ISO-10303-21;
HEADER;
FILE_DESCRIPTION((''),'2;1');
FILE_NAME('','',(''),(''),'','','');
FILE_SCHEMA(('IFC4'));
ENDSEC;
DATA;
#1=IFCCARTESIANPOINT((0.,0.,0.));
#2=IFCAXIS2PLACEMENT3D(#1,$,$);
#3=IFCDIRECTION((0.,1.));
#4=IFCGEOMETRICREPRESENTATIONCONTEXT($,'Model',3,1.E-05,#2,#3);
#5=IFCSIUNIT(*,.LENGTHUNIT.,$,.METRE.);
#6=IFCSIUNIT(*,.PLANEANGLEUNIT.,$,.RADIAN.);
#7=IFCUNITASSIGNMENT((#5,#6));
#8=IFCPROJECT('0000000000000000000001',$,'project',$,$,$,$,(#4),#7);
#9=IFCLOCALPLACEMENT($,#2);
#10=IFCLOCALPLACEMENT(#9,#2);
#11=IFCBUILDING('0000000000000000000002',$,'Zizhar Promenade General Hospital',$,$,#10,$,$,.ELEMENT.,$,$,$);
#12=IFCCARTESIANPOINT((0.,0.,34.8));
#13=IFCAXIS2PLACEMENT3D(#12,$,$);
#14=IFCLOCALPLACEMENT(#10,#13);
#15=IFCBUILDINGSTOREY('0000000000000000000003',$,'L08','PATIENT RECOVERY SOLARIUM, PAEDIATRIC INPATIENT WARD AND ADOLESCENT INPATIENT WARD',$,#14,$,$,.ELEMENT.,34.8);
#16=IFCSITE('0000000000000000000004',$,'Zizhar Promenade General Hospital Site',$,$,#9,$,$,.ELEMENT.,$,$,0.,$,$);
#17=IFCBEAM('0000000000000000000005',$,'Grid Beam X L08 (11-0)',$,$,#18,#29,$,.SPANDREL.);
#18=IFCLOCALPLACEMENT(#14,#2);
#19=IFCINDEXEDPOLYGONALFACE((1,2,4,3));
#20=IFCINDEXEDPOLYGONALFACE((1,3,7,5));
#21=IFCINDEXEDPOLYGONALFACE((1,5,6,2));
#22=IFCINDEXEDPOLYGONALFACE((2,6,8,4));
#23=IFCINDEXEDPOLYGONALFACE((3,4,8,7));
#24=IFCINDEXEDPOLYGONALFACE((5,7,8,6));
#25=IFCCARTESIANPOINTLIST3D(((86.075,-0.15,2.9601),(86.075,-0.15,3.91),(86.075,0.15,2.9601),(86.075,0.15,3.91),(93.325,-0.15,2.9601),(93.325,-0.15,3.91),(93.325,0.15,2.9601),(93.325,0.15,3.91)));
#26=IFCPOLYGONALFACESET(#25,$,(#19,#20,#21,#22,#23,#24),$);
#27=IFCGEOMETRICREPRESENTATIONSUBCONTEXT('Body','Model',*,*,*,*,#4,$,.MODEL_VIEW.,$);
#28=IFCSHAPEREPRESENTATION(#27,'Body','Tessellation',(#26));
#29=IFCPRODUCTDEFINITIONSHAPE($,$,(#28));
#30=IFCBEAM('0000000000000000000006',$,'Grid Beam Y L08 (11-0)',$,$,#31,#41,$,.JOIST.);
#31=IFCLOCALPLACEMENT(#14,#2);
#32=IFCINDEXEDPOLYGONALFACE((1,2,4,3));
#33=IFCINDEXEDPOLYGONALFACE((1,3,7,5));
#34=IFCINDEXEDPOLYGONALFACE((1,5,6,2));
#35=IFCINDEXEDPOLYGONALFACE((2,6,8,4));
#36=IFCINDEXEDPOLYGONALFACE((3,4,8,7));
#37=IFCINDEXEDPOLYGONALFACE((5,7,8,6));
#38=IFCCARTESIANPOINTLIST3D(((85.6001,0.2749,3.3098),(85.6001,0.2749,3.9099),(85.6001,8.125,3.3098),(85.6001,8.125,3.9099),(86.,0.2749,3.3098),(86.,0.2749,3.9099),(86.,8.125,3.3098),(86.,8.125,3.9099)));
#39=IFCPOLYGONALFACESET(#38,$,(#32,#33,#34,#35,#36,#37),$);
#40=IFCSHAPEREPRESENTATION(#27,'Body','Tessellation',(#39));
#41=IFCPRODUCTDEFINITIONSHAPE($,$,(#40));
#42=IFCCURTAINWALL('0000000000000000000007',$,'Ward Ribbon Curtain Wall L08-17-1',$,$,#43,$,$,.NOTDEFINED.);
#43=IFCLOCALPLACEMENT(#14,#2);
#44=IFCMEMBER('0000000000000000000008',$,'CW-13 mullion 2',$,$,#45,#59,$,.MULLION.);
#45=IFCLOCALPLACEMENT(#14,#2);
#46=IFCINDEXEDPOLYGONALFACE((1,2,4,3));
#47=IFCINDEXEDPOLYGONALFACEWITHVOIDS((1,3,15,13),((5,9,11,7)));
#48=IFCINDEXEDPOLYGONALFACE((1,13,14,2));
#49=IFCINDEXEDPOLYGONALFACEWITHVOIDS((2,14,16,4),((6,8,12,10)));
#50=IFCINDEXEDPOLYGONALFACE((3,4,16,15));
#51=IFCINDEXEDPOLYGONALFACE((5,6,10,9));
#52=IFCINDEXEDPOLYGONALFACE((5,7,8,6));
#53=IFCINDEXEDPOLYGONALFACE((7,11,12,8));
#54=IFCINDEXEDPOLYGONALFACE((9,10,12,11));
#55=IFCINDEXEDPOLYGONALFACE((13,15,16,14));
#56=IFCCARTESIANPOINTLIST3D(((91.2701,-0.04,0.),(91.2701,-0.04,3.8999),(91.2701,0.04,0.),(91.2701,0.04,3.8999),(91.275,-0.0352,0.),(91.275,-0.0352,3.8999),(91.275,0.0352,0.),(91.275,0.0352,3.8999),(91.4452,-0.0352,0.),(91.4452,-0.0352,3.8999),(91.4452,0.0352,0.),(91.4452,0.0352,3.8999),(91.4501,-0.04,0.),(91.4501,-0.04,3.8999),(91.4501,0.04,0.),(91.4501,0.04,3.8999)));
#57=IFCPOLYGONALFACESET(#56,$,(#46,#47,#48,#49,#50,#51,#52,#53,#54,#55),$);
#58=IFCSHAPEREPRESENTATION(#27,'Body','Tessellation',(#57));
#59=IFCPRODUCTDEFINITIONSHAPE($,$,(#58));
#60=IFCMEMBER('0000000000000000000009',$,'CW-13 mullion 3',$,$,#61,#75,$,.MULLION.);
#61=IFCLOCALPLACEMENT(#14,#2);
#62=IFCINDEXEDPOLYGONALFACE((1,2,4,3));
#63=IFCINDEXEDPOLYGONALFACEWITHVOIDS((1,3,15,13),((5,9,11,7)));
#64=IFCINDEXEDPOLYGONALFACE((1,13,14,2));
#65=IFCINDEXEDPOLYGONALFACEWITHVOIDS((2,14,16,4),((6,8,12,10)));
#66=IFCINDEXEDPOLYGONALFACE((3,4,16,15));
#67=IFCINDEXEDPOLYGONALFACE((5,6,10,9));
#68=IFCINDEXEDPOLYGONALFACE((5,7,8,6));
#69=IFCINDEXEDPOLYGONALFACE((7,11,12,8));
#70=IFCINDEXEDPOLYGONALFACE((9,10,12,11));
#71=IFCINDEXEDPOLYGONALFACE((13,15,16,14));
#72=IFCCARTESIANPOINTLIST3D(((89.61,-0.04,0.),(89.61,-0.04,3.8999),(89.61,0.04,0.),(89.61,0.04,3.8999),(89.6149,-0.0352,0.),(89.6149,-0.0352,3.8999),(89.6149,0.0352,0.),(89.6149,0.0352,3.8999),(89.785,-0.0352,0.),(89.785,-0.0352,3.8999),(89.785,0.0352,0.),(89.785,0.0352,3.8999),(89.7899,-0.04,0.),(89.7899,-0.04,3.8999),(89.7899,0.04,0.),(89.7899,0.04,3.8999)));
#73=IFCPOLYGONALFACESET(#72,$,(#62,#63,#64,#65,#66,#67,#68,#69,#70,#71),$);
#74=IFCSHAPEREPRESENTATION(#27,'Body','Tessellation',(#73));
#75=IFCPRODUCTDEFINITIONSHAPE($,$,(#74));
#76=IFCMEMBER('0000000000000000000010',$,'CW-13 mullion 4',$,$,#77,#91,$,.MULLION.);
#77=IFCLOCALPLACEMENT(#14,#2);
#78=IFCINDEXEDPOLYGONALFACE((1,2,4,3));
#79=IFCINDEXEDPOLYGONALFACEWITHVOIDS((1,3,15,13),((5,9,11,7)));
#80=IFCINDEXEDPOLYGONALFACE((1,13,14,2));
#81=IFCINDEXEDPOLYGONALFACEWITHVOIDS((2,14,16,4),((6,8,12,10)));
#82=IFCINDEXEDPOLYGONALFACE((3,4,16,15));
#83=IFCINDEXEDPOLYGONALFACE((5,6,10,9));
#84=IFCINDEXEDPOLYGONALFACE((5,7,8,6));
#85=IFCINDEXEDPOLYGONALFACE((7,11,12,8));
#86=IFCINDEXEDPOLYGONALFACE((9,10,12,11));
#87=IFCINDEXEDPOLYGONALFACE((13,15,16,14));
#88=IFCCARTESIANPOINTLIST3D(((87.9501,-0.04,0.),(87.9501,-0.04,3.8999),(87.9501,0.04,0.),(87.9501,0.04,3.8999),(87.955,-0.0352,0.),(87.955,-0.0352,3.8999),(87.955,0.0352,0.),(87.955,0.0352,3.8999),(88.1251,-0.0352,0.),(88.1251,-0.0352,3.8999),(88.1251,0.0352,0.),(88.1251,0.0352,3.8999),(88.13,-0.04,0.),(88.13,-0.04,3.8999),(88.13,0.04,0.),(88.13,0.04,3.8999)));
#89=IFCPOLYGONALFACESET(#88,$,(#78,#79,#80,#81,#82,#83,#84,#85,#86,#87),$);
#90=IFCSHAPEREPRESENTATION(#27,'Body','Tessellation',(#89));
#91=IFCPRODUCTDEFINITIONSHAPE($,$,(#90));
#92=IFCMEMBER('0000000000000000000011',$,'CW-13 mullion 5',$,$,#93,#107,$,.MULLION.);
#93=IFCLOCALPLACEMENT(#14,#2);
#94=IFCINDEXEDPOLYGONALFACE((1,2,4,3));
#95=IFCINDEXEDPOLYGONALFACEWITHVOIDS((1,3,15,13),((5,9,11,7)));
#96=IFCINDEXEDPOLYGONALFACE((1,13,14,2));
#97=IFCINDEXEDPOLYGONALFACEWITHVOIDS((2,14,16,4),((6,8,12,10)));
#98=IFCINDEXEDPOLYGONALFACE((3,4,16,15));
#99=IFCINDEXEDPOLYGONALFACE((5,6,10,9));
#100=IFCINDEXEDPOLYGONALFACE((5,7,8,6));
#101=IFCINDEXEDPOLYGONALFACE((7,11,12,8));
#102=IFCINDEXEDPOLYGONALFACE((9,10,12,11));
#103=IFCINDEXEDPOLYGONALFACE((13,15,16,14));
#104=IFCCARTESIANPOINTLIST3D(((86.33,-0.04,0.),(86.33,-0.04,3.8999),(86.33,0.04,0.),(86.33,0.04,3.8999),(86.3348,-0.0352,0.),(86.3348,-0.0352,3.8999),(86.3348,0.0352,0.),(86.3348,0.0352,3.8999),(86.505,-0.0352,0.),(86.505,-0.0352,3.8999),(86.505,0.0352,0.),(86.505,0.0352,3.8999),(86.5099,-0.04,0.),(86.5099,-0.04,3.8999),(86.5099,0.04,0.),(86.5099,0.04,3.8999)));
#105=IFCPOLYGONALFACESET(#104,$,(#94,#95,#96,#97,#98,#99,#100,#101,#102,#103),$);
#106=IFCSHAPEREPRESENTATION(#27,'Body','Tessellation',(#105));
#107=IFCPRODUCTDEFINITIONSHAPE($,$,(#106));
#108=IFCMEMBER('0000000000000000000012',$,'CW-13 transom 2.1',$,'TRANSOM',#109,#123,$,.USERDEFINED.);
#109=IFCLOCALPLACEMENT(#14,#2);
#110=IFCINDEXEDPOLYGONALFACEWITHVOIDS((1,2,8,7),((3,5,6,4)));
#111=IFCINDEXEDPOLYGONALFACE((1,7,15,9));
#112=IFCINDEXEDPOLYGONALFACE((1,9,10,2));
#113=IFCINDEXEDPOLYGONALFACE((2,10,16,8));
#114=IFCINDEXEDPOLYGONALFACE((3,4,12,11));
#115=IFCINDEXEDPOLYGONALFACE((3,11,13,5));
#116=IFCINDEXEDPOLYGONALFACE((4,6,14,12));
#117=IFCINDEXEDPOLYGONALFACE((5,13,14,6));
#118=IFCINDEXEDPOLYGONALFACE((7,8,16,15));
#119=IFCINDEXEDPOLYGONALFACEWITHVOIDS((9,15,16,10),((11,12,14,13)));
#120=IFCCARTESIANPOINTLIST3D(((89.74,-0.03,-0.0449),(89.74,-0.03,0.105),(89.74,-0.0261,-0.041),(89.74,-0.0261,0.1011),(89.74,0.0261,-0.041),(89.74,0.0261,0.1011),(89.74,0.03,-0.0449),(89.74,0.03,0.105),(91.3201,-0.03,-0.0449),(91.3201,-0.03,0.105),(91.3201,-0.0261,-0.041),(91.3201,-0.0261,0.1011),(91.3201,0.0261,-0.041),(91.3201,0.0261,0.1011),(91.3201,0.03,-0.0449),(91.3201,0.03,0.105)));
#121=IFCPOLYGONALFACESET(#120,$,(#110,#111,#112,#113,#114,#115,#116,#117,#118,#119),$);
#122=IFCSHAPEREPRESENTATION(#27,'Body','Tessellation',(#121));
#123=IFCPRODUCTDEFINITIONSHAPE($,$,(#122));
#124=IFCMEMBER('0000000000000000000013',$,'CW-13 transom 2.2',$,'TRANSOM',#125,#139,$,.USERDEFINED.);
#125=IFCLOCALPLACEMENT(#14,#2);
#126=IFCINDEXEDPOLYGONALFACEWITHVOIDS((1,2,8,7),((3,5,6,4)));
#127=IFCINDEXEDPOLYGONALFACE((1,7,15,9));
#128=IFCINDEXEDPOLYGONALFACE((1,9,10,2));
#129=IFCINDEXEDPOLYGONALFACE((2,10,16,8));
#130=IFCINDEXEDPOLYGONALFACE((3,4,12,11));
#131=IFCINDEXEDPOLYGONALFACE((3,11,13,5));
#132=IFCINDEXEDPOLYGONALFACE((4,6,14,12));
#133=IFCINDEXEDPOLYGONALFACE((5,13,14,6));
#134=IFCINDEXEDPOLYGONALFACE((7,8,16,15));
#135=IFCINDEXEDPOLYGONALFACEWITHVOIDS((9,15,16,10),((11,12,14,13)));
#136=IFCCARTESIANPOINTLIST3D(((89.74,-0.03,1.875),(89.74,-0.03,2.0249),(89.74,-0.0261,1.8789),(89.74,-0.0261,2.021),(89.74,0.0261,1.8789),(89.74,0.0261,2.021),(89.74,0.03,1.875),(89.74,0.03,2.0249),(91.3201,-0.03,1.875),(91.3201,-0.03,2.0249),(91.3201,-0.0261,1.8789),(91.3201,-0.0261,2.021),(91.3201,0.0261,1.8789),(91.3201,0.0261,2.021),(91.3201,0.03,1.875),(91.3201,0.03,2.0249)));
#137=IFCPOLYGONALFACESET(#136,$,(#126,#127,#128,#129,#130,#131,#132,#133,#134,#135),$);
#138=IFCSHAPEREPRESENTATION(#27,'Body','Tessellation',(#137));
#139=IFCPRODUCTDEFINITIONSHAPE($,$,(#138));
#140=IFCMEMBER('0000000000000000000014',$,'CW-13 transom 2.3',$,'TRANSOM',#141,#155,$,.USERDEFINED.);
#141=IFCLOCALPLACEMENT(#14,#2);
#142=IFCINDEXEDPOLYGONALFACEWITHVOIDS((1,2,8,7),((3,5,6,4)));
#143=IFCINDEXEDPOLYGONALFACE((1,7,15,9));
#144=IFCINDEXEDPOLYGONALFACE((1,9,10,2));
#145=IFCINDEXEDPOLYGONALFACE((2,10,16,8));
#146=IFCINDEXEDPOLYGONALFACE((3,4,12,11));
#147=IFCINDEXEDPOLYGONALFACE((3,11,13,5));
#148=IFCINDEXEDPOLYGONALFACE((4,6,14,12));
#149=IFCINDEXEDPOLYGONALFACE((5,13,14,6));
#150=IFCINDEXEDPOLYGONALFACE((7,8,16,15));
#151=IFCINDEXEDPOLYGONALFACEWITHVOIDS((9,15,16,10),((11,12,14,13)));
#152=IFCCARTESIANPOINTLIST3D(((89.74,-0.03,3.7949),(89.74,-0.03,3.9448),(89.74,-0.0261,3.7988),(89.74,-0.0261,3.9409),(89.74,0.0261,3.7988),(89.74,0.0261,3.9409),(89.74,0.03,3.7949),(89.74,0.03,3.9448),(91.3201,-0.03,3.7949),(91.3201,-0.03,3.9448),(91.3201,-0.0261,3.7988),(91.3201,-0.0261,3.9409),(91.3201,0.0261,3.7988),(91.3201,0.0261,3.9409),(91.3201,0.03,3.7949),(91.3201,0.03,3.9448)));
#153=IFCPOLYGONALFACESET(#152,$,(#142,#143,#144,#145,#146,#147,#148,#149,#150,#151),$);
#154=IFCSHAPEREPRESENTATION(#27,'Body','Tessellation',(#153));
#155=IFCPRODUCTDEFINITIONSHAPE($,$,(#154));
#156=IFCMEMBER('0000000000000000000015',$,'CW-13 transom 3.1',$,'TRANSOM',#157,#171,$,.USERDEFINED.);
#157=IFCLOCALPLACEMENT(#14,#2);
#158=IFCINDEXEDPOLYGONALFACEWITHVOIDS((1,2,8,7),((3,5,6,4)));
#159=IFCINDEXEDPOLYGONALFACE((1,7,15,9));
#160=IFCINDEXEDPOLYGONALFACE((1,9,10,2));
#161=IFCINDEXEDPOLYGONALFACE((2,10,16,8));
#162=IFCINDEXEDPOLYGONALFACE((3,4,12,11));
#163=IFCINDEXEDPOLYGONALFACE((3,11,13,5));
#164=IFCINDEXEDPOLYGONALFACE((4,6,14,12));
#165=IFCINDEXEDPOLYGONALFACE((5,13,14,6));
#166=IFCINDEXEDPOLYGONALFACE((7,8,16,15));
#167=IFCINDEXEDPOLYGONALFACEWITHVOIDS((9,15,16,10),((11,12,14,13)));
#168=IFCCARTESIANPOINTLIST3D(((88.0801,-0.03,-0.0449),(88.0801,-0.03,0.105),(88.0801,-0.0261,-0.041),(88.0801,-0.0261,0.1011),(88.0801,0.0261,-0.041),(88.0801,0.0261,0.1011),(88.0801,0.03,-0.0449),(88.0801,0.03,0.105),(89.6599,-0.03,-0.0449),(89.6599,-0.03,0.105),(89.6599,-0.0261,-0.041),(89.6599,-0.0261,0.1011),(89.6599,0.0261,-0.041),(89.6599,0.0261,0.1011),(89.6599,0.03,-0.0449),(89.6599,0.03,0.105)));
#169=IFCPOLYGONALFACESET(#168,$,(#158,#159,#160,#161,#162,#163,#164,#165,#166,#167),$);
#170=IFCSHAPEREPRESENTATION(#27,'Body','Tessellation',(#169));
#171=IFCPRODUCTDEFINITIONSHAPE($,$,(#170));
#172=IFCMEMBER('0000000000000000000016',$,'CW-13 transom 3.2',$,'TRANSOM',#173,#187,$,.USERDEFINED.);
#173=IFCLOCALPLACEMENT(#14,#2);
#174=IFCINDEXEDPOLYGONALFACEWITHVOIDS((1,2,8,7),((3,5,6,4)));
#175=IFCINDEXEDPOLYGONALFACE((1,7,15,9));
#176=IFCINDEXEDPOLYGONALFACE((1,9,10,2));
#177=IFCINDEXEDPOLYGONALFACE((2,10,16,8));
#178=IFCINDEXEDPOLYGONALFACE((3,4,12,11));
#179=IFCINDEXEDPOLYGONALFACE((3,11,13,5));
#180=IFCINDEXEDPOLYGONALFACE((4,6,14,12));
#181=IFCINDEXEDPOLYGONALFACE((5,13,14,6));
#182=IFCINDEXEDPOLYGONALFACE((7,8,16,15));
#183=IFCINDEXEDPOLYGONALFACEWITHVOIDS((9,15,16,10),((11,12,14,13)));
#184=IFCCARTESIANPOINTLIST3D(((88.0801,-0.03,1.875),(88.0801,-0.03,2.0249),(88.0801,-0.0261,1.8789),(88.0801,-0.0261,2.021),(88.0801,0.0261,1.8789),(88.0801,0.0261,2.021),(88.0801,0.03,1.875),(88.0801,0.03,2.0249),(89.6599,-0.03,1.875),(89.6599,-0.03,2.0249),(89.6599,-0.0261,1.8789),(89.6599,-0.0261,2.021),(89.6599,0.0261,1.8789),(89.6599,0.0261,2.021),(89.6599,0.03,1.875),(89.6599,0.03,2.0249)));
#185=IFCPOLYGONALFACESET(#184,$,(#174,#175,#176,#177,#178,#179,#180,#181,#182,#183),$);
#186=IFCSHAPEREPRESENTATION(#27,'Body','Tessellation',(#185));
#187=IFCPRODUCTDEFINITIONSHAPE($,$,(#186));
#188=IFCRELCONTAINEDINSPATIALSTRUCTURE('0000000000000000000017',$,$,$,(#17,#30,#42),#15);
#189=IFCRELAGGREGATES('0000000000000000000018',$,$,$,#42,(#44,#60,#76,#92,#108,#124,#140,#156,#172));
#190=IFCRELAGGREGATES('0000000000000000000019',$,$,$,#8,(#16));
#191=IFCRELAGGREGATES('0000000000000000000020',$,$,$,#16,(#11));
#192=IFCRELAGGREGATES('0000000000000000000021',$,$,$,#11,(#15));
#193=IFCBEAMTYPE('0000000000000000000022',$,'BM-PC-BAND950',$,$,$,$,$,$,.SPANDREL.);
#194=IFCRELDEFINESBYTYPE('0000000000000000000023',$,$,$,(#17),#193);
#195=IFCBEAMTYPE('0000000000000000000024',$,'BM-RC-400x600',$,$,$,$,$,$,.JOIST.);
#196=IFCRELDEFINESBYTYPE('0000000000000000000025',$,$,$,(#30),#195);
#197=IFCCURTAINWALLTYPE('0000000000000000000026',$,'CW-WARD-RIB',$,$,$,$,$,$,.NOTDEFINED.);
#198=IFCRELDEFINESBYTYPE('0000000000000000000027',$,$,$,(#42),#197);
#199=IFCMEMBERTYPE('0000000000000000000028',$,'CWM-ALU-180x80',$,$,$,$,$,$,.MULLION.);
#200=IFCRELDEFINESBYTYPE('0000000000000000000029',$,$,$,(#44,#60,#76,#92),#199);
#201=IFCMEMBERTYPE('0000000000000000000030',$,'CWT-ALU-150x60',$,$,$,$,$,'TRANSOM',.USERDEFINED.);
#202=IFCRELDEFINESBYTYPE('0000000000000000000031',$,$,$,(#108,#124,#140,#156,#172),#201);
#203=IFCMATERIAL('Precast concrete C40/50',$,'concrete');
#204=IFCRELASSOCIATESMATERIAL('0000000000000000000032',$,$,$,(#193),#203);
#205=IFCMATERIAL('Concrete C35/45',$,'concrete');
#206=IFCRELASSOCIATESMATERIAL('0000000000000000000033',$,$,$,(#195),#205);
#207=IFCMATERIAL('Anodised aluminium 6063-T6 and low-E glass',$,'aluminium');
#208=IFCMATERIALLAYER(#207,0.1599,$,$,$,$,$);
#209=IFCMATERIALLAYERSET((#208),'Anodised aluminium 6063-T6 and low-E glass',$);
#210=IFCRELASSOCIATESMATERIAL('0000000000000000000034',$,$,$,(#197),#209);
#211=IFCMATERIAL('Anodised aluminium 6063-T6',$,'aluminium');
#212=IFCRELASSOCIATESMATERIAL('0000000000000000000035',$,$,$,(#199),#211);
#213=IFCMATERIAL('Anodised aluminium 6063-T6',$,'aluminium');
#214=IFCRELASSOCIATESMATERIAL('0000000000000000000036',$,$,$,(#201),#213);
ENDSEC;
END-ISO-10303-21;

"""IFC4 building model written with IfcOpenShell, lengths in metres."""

from ifc_helpers import new_model, si_unit, direction, frame, origin, origin_2d, place, context, subcontext, project, spatial, rectangle, hollow_rectangle, extrude, material, layer, layer_set, material_profile, profile_set, type_object, element, aggregate, save


model = new_model("IFC4")

# Units and contexts
model_context = context("Model", 3, precision=1e-05, world=origin(), true_north=direction((0.0, 1.0)))
body_context = subcontext(model_context, "Body", "Model", "MODEL_VIEW")
ifc_project = project(units=[si_unit("LENGTHUNIT", "METRE"), si_unit("PLANEANGLEUNIT", "RADIAN")], contexts=[model_context])

# Site, building, storey
site_placement = place(None, origin())
site = spatial("IfcSite", under=ifc_project, at=site_placement, Name="Zizhar Promenade General Hospital Site", CompositionType="ELEMENT", RefElevation=0.0)
building_placement = place(site_placement, origin())
building = spatial("IfcBuilding", under=site, at=building_placement, Name="Zizhar Promenade General Hospital", CompositionType="ELEMENT")
storey_placement = place(building_placement, frame((0.0, 0.0, 34.8)))
storey = spatial("IfcBuildingStorey", under=building, at=storey_placement, Name="L08", Description="PATIENT RECOVERY SOLARIUM, PAEDIATRIC INPATIENT WARD AND ADOLESCENT INPATIENT WARD", CompositionType="ELEMENT", Elevation=34.8)

# Beams
ifc_material_1 = material(Name="Precast concrete C40/50", Category="concrete")
ifc_material_profile_1 = material_profile(ifc_material_1, rectangle(XDim=0.3, YDim=0.95, at=origin_2d()))
ifc_profile_set_1 = profile_set([ifc_material_profile_1], Name="Precast concrete C40/50")
beam_type_1 = type_object("IfcBeamType", Name="BM-PC-BAND950", PredefinedType="SPANDREL", material=ifc_profile_set_1)
beam_1_placement = place(storey_placement, frame((86.075, 0.0, 3.4351), z_axis=(1.0, 0.0, 0.0), x_axis=(0.0, 1.0, 0.0)))
element("IfcBeam", 1, at=beam_1_placement, inside=storey, type_object=beam_type_1, Name="Grid Beam X L08 (11-0)", PredefinedType="SPANDREL", context=body_context, shape_type="SweptSolid", body=[
    extrude(rectangle(XDim=0.3, YDim=0.95, at=origin_2d()), origin(), (0.0, 0.0, 1.0), 7.25),
])
ifc_material_2 = material(Name="Concrete C35/45", Category="concrete")
ifc_material_profile_2 = material_profile(ifc_material_2, rectangle(XDim=0.3999, YDim=0.6001, at=origin_2d()))
ifc_profile_set_2 = profile_set([ifc_material_profile_2], Name="Concrete C35/45")
beam_type_2 = type_object("IfcBeamType", Name="BM-RC-400x600", PredefinedType="JOIST", material=ifc_profile_set_2)
beam_2_placement = place(storey_placement, frame((85.8, 0.2749, 3.6099), z_axis=(0.0, 1.0, 0.0), x_axis=(-1.0, 0.0, 0.0)))
element("IfcBeam", 2, at=beam_2_placement, inside=storey, type_object=beam_type_2, Name="Grid Beam Y L08 (11-0)", PredefinedType="JOIST", context=body_context, shape_type="SweptSolid", body=[
    extrude(rectangle(XDim=0.3999, YDim=0.6001, at=origin_2d()), origin(), (0.0, 0.0, 1.0), 7.8501),
])

# Curtain wall, members
ifc_material_3 = material(Name="Anodised aluminium 6063-T6 and low-E glass", Category="aluminium")
ifc_layer_1 = layer(ifc_material_3, 0.1599)
ifc_layer_set_1 = layer_set([ifc_layer_1], Name="Anodised aluminium 6063-T6 and low-E glass")
curtain_wall_type = type_object("IfcCurtainWallType", Name="CW-WARD-RIB", PredefinedType="NOTDEFINED", material=ifc_layer_set_1)
curtain_wall_placement = place(storey_placement, origin())
curtain_wall = element("IfcCurtainWall", 3, at=curtain_wall_placement, inside=storey, type_object=curtain_wall_type, Name="Ward Ribbon Curtain Wall L08-17-1", PredefinedType="NOTDEFINED")
ifc_material_4 = material(Name="Anodised aluminium 6063-T6", Category="aluminium")
ifc_material_profile_3 = material_profile(ifc_material_4, hollow_rectangle(XDim=0.0801, YDim=0.1799, WallThickness=0.0049, at=origin_2d()))
ifc_profile_set_3 = profile_set([ifc_material_profile_3], Name="Anodised aluminium 6063-T6")
member_type_1 = type_object("IfcMemberType", Name="CWM-ALU-180x80", PredefinedType="MULLION", material=ifc_profile_set_3)
member_1_placement = place(storey_placement, frame((91.3601, 0.0, 0.0), z_axis=(0.0, 0.0, 1.0), x_axis=(0.0, -1.0, 0.0)))
member_1 = element("IfcMember", 4, at=member_1_placement, type_object=member_type_1, Name="CW-13 mullion 2", PredefinedType="MULLION", context=body_context, shape_type="SweptSolid", body=[
    extrude(hollow_rectangle(XDim=0.0801, YDim=0.1799, WallThickness=0.0049, at=origin_2d()), origin(), (0.0, 0.0, 1.0), 3.8999),
])
member_2_placement = place(storey_placement, frame((89.7, 0.0, 0.0), z_axis=(0.0, 0.0, 1.0), x_axis=(0.0, -1.0, 0.0)))
member_2 = element("IfcMember", 5, at=member_2_placement, type_object=member_type_1, Name="CW-13 mullion 3", PredefinedType="MULLION", context=body_context, shape_type="SweptSolid", body=[
    extrude(hollow_rectangle(XDim=0.0801, YDim=0.1799, WallThickness=0.0049, at=origin_2d()), origin(), (0.0, 0.0, 1.0), 3.8999),
])
member_3_placement = place(storey_placement, frame((88.04, 0.0, 0.0), z_axis=(0.0, 0.0, 1.0), x_axis=(0.0, -1.0, 0.0)))
member_3 = element("IfcMember", 6, at=member_3_placement, type_object=member_type_1, Name="CW-13 mullion 4", PredefinedType="MULLION", context=body_context, shape_type="SweptSolid", body=[
    extrude(hollow_rectangle(XDim=0.0801, YDim=0.1799, WallThickness=0.0049, at=origin_2d()), origin(), (0.0, 0.0, 1.0), 3.8999),
])
member_4_placement = place(storey_placement, frame((86.4199, 0.0, 0.0), z_axis=(0.0, 0.0, 1.0), x_axis=(0.0, -1.0, 0.0)))
member_4 = element("IfcMember", 7, at=member_4_placement, type_object=member_type_1, Name="CW-13 mullion 5", PredefinedType="MULLION", context=body_context, shape_type="SweptSolid", body=[
    extrude(hollow_rectangle(XDim=0.0801, YDim=0.1799, WallThickness=0.0049, at=origin_2d()), origin(), (0.0, 0.0, 1.0), 3.8999),
])
ifc_material_5 = material(Name="Anodised aluminium 6063-T6", Category="aluminium")
ifc_material_profile_4 = material_profile(ifc_material_5, hollow_rectangle(XDim=0.0601, YDim=0.1499, WallThickness=0.0039, at=origin_2d()))
ifc_profile_set_4 = profile_set([ifc_material_profile_4], Name="Anodised aluminium 6063-T6")
member_type_2 = type_object("IfcMemberType", Name="CWT-ALU-150x60", ElementType="TRANSOM", PredefinedType="USERDEFINED", material=ifc_profile_set_4)
member_5_placement = place(storey_placement, frame((91.3201, 0.0, 0.03), z_axis=(-1.0, 0.0, 0.0), x_axis=(0.0, -1.0, 0.0)))
member_5 = element("IfcMember", 8, at=member_5_placement, type_object=member_type_2, Name="CW-13 transom 2.1", ObjectType="TRANSOM", PredefinedType="USERDEFINED", context=body_context, shape_type="SweptSolid", body=[
    extrude(hollow_rectangle(XDim=0.0601, YDim=0.1499, WallThickness=0.0039, at=origin_2d()), origin(), (0.0, 0.0, 1.0), 1.5801),
])
member_6_placement = place(storey_placement, frame((91.3201, 0.0, 1.95), z_axis=(-1.0, 0.0, 0.0), x_axis=(0.0, -1.0, 0.0)))
member_6 = element("IfcMember", 9, at=member_6_placement, type_object=member_type_2, Name="CW-13 transom 2.2", ObjectType="TRANSOM", PredefinedType="USERDEFINED", context=body_context, shape_type="SweptSolid", body=[
    extrude(hollow_rectangle(XDim=0.0601, YDim=0.1499, WallThickness=0.0039, at=origin_2d()), origin(), (0.0, 0.0, 1.0), 1.5801),
])
member_7_placement = place(storey_placement, frame((91.3201, 0.0, 3.8699), z_axis=(-1.0, 0.0, 0.0), x_axis=(0.0, -1.0, 0.0)))
member_7 = element("IfcMember", 10, at=member_7_placement, type_object=member_type_2, Name="CW-13 transom 2.3", ObjectType="TRANSOM", PredefinedType="USERDEFINED", context=body_context, shape_type="SweptSolid", body=[
    extrude(hollow_rectangle(XDim=0.0601, YDim=0.1499, WallThickness=0.0039, at=origin_2d()), origin(), (0.0, 0.0, 1.0), 1.5801),
])
member_8_placement = place(storey_placement, frame((89.6599, 0.0, 0.03), z_axis=(-1.0, 0.0, 0.0), x_axis=(0.0, -1.0, 0.0)))
member_8 = element("IfcMember", 11, at=member_8_placement, type_object=member_type_2, Name="CW-13 transom 3.1", ObjectType="TRANSOM", PredefinedType="USERDEFINED", context=body_context, shape_type="SweptSolid", body=[
    extrude(hollow_rectangle(XDim=0.0601, YDim=0.1499, WallThickness=0.0039, at=origin_2d()), origin(), (0.0, 0.0, 1.0), 1.5798),
])
member_9_placement = place(storey_placement, frame((89.6599, 0.0, 1.95), z_axis=(-1.0, 0.0, 0.0), x_axis=(0.0, -1.0, 0.0)))
member_9 = element("IfcMember", 12, at=member_9_placement, type_object=member_type_2, Name="CW-13 transom 3.2", ObjectType="TRANSOM", PredefinedType="USERDEFINED", context=body_context, shape_type="SweptSolid", body=[
    extrude(hollow_rectangle(XDim=0.0601, YDim=0.1499, WallThickness=0.0039, at=origin_2d()), origin(), (0.0, 0.0, 1.0), 1.5798),
])
aggregate(curtain_wall, [member_1, member_2, member_3, member_4, member_5, member_6, member_7, member_8, member_9])

save(model, "model.ifc")
